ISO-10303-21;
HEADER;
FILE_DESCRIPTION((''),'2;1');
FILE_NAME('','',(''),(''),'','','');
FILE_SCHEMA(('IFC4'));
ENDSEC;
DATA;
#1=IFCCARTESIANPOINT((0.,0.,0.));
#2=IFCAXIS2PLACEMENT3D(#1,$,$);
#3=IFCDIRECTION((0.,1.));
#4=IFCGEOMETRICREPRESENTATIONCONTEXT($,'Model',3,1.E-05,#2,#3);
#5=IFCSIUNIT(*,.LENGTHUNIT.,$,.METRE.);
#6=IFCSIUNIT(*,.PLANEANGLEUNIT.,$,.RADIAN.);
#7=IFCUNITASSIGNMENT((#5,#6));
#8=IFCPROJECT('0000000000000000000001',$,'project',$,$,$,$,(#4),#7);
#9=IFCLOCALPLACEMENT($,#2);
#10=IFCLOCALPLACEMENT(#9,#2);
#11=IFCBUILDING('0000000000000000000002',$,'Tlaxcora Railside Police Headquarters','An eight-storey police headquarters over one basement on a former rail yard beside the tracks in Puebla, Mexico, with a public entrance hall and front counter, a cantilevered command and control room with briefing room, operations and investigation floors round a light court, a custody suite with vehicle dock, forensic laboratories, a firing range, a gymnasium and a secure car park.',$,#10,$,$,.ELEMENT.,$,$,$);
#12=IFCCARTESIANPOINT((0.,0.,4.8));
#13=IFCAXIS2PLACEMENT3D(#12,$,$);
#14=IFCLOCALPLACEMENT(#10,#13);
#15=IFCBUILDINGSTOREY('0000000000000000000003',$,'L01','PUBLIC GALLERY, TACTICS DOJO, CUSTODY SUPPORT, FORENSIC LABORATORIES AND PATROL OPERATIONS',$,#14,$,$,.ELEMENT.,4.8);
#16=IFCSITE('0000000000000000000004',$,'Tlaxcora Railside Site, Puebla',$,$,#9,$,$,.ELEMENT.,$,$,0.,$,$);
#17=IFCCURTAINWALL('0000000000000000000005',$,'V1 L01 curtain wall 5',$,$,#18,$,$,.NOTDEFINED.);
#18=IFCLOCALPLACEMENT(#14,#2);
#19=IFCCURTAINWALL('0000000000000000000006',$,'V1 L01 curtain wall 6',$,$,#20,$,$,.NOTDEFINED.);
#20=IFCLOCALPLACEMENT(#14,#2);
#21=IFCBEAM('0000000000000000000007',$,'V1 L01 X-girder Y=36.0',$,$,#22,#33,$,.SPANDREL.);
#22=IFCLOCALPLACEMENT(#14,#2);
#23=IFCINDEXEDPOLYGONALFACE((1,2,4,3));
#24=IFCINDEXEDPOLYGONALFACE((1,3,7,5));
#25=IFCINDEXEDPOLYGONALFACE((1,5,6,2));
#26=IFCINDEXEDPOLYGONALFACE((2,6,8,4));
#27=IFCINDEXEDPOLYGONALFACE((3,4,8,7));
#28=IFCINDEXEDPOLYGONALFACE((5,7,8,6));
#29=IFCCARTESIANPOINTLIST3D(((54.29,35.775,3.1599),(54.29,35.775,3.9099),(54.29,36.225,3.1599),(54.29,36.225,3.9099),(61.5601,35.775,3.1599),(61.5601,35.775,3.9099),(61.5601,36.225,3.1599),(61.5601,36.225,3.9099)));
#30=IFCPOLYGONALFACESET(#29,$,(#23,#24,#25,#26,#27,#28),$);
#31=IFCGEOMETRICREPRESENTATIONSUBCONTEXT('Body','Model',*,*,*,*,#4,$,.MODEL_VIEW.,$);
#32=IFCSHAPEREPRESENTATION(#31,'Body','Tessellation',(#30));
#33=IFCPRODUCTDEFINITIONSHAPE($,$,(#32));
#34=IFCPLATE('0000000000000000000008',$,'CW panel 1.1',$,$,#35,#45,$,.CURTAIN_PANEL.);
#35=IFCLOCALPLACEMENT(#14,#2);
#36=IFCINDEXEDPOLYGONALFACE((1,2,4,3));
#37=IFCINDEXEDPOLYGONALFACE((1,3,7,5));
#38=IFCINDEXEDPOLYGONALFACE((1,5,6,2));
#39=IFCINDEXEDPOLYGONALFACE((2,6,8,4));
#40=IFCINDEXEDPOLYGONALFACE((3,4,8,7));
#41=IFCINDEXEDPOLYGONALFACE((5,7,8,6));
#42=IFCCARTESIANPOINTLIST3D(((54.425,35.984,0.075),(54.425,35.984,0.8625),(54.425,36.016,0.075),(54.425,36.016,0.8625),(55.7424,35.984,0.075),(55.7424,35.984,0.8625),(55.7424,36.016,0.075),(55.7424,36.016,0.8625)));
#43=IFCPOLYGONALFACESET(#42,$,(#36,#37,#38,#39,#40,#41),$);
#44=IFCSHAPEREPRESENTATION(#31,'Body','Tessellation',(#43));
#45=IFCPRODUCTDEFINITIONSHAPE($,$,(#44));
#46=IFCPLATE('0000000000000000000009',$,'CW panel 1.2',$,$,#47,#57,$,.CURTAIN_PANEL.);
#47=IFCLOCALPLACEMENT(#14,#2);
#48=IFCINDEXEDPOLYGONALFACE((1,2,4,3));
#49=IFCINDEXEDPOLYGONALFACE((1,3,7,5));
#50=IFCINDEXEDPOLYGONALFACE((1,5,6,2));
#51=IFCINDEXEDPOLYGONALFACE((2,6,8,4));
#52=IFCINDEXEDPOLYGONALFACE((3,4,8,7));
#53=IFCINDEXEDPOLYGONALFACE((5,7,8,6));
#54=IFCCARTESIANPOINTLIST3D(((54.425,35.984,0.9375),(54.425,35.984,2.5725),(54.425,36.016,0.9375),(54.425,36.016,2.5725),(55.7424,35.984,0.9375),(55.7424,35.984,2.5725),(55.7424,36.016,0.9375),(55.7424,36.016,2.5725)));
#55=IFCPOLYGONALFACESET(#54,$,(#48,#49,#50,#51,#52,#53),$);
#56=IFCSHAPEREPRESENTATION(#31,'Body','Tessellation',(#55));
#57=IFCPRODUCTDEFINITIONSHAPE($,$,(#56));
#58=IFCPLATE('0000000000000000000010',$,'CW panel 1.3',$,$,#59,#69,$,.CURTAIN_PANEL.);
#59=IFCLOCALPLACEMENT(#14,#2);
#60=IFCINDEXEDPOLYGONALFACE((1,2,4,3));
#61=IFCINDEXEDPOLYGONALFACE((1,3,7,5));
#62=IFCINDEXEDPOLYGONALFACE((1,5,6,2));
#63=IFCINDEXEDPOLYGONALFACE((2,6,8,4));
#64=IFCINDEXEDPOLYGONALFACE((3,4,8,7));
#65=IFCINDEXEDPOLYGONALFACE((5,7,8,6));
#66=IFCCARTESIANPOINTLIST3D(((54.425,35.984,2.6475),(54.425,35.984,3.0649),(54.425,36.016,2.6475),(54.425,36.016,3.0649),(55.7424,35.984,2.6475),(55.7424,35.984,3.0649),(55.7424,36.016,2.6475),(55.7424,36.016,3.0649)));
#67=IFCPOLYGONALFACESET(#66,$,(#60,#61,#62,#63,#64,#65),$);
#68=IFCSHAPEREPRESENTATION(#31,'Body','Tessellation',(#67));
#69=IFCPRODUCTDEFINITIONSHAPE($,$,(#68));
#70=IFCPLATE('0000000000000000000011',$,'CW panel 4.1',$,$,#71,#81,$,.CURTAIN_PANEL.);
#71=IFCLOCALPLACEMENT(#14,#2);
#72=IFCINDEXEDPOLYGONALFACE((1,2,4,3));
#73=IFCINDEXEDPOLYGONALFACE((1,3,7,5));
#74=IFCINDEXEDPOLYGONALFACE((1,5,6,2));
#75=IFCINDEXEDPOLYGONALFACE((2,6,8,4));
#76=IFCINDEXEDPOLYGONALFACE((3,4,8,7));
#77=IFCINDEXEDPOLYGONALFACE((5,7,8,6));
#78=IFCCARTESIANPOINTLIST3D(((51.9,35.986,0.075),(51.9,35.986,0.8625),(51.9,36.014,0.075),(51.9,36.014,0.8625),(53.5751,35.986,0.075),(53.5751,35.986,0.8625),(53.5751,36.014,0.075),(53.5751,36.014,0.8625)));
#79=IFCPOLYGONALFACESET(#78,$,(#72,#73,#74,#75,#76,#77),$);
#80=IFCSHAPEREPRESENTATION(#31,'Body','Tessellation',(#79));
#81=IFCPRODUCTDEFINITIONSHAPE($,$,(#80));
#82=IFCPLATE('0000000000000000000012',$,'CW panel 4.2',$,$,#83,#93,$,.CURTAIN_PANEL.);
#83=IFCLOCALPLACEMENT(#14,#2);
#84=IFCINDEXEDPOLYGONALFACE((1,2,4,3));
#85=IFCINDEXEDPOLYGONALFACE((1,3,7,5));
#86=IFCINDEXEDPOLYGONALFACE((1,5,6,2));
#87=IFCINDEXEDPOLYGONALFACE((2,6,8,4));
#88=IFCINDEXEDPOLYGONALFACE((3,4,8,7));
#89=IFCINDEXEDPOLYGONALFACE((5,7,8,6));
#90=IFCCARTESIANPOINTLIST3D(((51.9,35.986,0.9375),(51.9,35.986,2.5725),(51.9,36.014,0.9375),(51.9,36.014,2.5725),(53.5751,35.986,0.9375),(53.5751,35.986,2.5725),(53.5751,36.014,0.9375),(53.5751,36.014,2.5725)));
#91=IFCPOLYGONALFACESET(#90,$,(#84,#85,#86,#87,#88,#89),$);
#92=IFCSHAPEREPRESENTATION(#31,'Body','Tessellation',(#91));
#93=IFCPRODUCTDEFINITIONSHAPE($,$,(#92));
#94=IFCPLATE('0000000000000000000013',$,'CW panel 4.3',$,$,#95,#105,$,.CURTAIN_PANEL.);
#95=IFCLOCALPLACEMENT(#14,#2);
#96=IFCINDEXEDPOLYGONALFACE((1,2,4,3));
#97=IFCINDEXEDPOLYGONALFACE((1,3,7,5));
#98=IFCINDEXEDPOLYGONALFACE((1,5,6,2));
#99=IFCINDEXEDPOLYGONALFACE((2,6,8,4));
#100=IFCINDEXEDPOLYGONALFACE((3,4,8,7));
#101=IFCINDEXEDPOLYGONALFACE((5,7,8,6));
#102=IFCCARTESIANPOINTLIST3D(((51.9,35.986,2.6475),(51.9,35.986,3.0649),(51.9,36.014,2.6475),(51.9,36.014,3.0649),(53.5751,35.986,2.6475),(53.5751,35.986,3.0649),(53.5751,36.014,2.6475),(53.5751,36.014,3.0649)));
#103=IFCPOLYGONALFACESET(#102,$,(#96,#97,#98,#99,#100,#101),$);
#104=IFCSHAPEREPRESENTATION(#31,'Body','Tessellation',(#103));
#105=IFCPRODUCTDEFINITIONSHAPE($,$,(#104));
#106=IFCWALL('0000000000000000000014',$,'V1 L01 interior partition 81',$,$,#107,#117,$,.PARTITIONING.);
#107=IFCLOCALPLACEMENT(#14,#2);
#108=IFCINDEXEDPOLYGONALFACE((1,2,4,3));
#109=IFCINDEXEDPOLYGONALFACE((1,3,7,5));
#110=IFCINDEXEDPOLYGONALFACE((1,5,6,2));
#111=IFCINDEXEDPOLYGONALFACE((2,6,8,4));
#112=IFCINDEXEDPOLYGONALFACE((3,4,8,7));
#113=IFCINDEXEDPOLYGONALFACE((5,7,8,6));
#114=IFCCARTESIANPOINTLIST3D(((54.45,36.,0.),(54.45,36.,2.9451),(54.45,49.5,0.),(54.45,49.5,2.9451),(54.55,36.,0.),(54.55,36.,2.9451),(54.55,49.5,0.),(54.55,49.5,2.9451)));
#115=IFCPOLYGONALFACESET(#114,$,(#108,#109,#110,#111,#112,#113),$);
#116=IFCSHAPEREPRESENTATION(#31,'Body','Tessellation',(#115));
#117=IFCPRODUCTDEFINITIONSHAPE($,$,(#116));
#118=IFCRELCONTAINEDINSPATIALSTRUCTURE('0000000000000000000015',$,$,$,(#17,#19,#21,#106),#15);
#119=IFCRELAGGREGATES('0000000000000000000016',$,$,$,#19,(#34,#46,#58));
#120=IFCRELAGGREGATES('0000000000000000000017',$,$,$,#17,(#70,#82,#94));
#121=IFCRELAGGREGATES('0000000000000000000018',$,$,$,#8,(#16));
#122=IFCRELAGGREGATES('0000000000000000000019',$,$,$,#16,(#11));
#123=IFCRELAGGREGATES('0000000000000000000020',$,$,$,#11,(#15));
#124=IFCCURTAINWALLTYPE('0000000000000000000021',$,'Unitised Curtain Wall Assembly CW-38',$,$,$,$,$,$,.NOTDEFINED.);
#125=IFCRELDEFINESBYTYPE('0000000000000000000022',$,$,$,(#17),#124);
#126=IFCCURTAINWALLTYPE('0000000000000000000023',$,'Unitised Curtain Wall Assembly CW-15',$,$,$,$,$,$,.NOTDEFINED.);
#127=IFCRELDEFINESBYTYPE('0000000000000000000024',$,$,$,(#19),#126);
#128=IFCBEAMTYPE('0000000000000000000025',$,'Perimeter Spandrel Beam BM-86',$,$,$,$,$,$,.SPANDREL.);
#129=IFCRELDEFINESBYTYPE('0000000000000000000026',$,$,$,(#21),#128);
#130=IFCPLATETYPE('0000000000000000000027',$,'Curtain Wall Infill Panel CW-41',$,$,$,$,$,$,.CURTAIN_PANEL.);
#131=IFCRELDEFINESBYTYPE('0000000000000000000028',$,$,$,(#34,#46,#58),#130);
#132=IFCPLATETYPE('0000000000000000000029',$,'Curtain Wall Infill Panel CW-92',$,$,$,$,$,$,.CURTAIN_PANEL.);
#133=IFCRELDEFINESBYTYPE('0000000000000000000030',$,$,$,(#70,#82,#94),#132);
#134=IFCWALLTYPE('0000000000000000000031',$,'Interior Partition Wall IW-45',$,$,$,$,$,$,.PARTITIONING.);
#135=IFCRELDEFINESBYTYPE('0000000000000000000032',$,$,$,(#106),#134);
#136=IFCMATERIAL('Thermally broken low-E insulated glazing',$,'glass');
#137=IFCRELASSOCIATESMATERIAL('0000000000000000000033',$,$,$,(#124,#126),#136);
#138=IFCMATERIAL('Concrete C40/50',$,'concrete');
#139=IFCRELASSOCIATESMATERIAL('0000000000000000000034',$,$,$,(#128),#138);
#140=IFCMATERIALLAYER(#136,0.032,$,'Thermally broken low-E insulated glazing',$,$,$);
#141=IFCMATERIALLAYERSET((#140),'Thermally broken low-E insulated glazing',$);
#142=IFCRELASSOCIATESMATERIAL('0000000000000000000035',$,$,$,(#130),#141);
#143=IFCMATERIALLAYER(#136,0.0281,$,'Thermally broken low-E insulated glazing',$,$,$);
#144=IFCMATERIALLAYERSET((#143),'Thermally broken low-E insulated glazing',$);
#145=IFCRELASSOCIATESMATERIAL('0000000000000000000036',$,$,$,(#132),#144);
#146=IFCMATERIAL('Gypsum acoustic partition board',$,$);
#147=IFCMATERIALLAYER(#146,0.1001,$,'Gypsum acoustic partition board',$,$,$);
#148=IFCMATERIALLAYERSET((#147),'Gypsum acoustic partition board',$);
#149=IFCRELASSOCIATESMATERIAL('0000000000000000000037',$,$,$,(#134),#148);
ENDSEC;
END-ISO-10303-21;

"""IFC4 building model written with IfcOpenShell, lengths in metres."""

from ifc_helpers import new_model, si_unit, direction, frame, frame_2d, origin, origin_2d, place, context, subcontext, project, spatial, rectangle, extrude, material, layer, layer_set, material_profile, profile_set, type_object, element, aggregate, save


model = new_model("IFC4")

# Units and contexts
model_context = context("Model", 3, precision=1e-05, world=origin(), true_north=direction((0.0, 1.0)))
body_context = subcontext(model_context, "Body", "Model", "MODEL_VIEW")
ifc_project = project(units=[si_unit("LENGTHUNIT", "METRE"), si_unit("PLANEANGLEUNIT", "RADIAN")], contexts=[model_context])

# Site, building, storey
site_placement = place(None, origin())
site = spatial("IfcSite", under=ifc_project, at=site_placement, Name="Tlaxcora Railside Site, Puebla", CompositionType="ELEMENT", RefElevation=0.0)
building_placement = place(site_placement, origin())
building = spatial("IfcBuilding", under=site, at=building_placement, Name="Tlaxcora Railside Police Headquarters", Description="An eight-storey police headquarters over one basement on a former rail yard beside the tracks in Puebla, Mexico, with a public entrance hall and front counter, a cantilevered command and control room with briefing room, operations and investigation floors round a light court, a custody suite with vehicle dock, forensic laboratories, a firing range, a gymnasium and a secure car park.", CompositionType="ELEMENT")
storey_placement = place(building_placement, frame((0.0, 0.0, 4.8)))
storey = spatial("IfcBuildingStorey", under=building, at=storey_placement, Name="L01", Description="PUBLIC GALLERY, TACTICS DOJO, CUSTODY SUPPORT, FORENSIC LABORATORIES AND PATROL OPERATIONS", CompositionType="ELEMENT", Elevation=4.8)

# Shared definitions
ifc_material_1 = material(Name="Concrete C40/50", Category="concrete")

# Curtain wall
ifc_material_2 = material(Name="Thermally broken low-E insulated glazing", Category="glass")
curtain_wall_type_1 = type_object("IfcCurtainWallType", Name="Unitised Curtain Wall Assembly CW-38", PredefinedType="NOTDEFINED", material=ifc_material_2)
curtain_wall_1_placement = place(storey_placement, origin())
curtain_wall_1 = element("IfcCurtainWall", 1, at=curtain_wall_1_placement, inside=storey, type_object=curtain_wall_type_1, Name="V1 L01 curtain wall 5", PredefinedType="NOTDEFINED")

# Curtain wall
curtain_wall_type_2 = type_object("IfcCurtainWallType", Name="Unitised Curtain Wall Assembly CW-15", PredefinedType="NOTDEFINED", material=ifc_material_2)
curtain_wall_2_placement = place(storey_placement, origin())
curtain_wall_2 = element("IfcCurtainWall", 2, at=curtain_wall_2_placement, inside=storey, type_object=curtain_wall_type_2, Name="V1 L01 curtain wall 6", PredefinedType="NOTDEFINED")

# Beam
ifc_material_profile_1 = material_profile(ifc_material_1, rectangle(XDim=0.45, YDim=0.75, at=origin_2d()), Name="RC450X750")
ifc_profile_set_1 = profile_set([ifc_material_profile_1], Name="Concrete C40/50")
beam_type = type_object("IfcBeamType", Name="Perimeter Spandrel Beam BM-86", PredefinedType="SPANDREL", material=ifc_profile_set_1)
beam_placement = place(storey_placement, frame((54.29, 36.0, 3.5349), z_axis=(1.0, 0.0, 0.0), x_axis=(0.0, 1.0, 0.0)))
element("IfcBeam", 3, at=beam_placement, inside=storey, type_object=beam_type, Name="V1 L01 X-girder Y=36.0", PredefinedType="SPANDREL", context=body_context, shape_type="SweptSolid", body=[
    extrude(rectangle(XDim=0.45, YDim=0.75, at=origin_2d()), origin(), (0.0, 0.0, 1.0), 7.27),
])

# Plates
ifc_layer_1 = layer(ifc_material_2, 0.032, Name="Thermally broken low-E insulated glazing")
ifc_layer_set_1 = layer_set([ifc_layer_1], Name="Thermally broken low-E insulated glazing")
plate_type_1 = type_object("IfcPlateType", Name="Curtain Wall Infill Panel CW-41", PredefinedType="CURTAIN_PANEL", material=ifc_layer_set_1)
plate_1_placement = place(storey_placement, frame((55.0837, 36.0, 0.075), z_axis=(0.0, 0.0, 1.0), x_axis=(1.0, 0.0, 0.0)))
plate_1 = element("IfcPlate", 4, at=plate_1_placement, type_object=plate_type_1, Name="CW panel 1.1", PredefinedType="CURTAIN_PANEL", context=body_context, shape_type="SweptSolid", body=[
    extrude(rectangle(XDim=1.3174, YDim=0.032, at=origin_2d()), origin(), (0.0, 0.0, 1.0), 0.7876),
])
plate_2_placement = place(storey_placement, frame((55.0837, 36.0, 0.9375), z_axis=(0.0, 0.0, 1.0), x_axis=(1.0, 0.0, 0.0)))
plate_2 = element("IfcPlate", 5, at=plate_2_placement, type_object=plate_type_1, Name="CW panel 1.2", PredefinedType="CURTAIN_PANEL", context=body_context, shape_type="SweptSolid", body=[
    extrude(rectangle(XDim=1.3174, YDim=0.032, at=origin_2d()), origin(), (0.0, 0.0, 1.0), 1.635),
])
plate_3_placement = place(storey_placement, frame((55.0837, 36.0, 2.6475), z_axis=(0.0, 0.0, 1.0), x_axis=(1.0, 0.0, 0.0)))
plate_3 = element("IfcPlate", 6, at=plate_3_placement, type_object=plate_type_1, Name="CW panel 1.3", PredefinedType="CURTAIN_PANEL", context=body_context, shape_type="SweptSolid", body=[
    extrude(rectangle(XDim=1.3174, YDim=0.032, at=origin_2d()), origin(), (0.0, 0.0, 1.0), 0.4175),
])
aggregate(curtain_wall_2, [plate_1, plate_2, plate_3])
ifc_layer_2 = layer(ifc_material_2, 0.0281, Name="Thermally broken low-E insulated glazing")
ifc_layer_set_2 = layer_set([ifc_layer_2], Name="Thermally broken low-E insulated glazing")
plate_type_2 = type_object("IfcPlateType", Name="Curtain Wall Infill Panel CW-92", PredefinedType="CURTAIN_PANEL", material=ifc_layer_set_2)
plate_4_placement = place(storey_placement, frame((52.7375, 36.0, 0.075), z_axis=(0.0, 0.0, 1.0), x_axis=(1.0, 0.0, 0.0)))
plate_4 = element("IfcPlate", 7, at=plate_4_placement, type_object=plate_type_2, Name="CW panel 4.1", PredefinedType="CURTAIN_PANEL", context=body_context, shape_type="SweptSolid", body=[
    extrude(rectangle(XDim=1.675, YDim=0.0281, at=origin_2d()), origin(), (0.0, 0.0, 1.0), 0.7876),
])
plate_5_placement = place(storey_placement, frame((52.7375, 36.0, 0.9375), z_axis=(0.0, 0.0, 1.0), x_axis=(1.0, 0.0, 0.0)))
plate_5 = element("IfcPlate", 8, at=plate_5_placement, type_object=plate_type_2, Name="CW panel 4.2", PredefinedType="CURTAIN_PANEL", context=body_context, shape_type="SweptSolid", body=[
    extrude(rectangle(XDim=1.675, YDim=0.0281, at=origin_2d()), origin(), (0.0, 0.0, 1.0), 1.635),
])
plate_6_placement = place(storey_placement, frame((52.7375, 36.0, 2.6475), z_axis=(0.0, 0.0, 1.0), x_axis=(1.0, 0.0, 0.0)))
plate_6 = element("IfcPlate", 9, at=plate_6_placement, type_object=plate_type_2, Name="CW panel 4.3", PredefinedType="CURTAIN_PANEL", context=body_context, shape_type="SweptSolid", body=[
    extrude(rectangle(XDim=1.675, YDim=0.0281, at=origin_2d()), origin(), (0.0, 0.0, 1.0), 0.4175),
])
aggregate(curtain_wall_1, [plate_4, plate_5, plate_6])

# Wall
ifc_material_3 = material(Name="Gypsum acoustic partition board")
ifc_layer_3 = layer(ifc_material_3, 0.1001, Name="Gypsum acoustic partition board")
ifc_layer_set_3 = layer_set([ifc_layer_3], Name="Gypsum acoustic partition board")
wall_type = type_object("IfcWallType", Name="Interior Partition Wall IW-45", PredefinedType="PARTITIONING", material=ifc_layer_set_3)
wall_placement = place(storey_placement, frame((54.5, 36.0, 0.0), z_axis=(0.0, 0.0, 1.0), x_axis=(0.0, 1.0, 0.0)))
element("IfcWall", 10, at=wall_placement, inside=storey, type_object=wall_type, Name="V1 L01 interior partition 81", PredefinedType="PARTITIONING", context=body_context, shape_type="SweptSolid", body=[
    extrude(rectangle(XDim=13.5, YDim=0.1001, at=frame_2d((6.75, 0.0))), origin(), (0.0, 0.0, 1.0), 2.9451),
])

save(model, "model.ifc")
